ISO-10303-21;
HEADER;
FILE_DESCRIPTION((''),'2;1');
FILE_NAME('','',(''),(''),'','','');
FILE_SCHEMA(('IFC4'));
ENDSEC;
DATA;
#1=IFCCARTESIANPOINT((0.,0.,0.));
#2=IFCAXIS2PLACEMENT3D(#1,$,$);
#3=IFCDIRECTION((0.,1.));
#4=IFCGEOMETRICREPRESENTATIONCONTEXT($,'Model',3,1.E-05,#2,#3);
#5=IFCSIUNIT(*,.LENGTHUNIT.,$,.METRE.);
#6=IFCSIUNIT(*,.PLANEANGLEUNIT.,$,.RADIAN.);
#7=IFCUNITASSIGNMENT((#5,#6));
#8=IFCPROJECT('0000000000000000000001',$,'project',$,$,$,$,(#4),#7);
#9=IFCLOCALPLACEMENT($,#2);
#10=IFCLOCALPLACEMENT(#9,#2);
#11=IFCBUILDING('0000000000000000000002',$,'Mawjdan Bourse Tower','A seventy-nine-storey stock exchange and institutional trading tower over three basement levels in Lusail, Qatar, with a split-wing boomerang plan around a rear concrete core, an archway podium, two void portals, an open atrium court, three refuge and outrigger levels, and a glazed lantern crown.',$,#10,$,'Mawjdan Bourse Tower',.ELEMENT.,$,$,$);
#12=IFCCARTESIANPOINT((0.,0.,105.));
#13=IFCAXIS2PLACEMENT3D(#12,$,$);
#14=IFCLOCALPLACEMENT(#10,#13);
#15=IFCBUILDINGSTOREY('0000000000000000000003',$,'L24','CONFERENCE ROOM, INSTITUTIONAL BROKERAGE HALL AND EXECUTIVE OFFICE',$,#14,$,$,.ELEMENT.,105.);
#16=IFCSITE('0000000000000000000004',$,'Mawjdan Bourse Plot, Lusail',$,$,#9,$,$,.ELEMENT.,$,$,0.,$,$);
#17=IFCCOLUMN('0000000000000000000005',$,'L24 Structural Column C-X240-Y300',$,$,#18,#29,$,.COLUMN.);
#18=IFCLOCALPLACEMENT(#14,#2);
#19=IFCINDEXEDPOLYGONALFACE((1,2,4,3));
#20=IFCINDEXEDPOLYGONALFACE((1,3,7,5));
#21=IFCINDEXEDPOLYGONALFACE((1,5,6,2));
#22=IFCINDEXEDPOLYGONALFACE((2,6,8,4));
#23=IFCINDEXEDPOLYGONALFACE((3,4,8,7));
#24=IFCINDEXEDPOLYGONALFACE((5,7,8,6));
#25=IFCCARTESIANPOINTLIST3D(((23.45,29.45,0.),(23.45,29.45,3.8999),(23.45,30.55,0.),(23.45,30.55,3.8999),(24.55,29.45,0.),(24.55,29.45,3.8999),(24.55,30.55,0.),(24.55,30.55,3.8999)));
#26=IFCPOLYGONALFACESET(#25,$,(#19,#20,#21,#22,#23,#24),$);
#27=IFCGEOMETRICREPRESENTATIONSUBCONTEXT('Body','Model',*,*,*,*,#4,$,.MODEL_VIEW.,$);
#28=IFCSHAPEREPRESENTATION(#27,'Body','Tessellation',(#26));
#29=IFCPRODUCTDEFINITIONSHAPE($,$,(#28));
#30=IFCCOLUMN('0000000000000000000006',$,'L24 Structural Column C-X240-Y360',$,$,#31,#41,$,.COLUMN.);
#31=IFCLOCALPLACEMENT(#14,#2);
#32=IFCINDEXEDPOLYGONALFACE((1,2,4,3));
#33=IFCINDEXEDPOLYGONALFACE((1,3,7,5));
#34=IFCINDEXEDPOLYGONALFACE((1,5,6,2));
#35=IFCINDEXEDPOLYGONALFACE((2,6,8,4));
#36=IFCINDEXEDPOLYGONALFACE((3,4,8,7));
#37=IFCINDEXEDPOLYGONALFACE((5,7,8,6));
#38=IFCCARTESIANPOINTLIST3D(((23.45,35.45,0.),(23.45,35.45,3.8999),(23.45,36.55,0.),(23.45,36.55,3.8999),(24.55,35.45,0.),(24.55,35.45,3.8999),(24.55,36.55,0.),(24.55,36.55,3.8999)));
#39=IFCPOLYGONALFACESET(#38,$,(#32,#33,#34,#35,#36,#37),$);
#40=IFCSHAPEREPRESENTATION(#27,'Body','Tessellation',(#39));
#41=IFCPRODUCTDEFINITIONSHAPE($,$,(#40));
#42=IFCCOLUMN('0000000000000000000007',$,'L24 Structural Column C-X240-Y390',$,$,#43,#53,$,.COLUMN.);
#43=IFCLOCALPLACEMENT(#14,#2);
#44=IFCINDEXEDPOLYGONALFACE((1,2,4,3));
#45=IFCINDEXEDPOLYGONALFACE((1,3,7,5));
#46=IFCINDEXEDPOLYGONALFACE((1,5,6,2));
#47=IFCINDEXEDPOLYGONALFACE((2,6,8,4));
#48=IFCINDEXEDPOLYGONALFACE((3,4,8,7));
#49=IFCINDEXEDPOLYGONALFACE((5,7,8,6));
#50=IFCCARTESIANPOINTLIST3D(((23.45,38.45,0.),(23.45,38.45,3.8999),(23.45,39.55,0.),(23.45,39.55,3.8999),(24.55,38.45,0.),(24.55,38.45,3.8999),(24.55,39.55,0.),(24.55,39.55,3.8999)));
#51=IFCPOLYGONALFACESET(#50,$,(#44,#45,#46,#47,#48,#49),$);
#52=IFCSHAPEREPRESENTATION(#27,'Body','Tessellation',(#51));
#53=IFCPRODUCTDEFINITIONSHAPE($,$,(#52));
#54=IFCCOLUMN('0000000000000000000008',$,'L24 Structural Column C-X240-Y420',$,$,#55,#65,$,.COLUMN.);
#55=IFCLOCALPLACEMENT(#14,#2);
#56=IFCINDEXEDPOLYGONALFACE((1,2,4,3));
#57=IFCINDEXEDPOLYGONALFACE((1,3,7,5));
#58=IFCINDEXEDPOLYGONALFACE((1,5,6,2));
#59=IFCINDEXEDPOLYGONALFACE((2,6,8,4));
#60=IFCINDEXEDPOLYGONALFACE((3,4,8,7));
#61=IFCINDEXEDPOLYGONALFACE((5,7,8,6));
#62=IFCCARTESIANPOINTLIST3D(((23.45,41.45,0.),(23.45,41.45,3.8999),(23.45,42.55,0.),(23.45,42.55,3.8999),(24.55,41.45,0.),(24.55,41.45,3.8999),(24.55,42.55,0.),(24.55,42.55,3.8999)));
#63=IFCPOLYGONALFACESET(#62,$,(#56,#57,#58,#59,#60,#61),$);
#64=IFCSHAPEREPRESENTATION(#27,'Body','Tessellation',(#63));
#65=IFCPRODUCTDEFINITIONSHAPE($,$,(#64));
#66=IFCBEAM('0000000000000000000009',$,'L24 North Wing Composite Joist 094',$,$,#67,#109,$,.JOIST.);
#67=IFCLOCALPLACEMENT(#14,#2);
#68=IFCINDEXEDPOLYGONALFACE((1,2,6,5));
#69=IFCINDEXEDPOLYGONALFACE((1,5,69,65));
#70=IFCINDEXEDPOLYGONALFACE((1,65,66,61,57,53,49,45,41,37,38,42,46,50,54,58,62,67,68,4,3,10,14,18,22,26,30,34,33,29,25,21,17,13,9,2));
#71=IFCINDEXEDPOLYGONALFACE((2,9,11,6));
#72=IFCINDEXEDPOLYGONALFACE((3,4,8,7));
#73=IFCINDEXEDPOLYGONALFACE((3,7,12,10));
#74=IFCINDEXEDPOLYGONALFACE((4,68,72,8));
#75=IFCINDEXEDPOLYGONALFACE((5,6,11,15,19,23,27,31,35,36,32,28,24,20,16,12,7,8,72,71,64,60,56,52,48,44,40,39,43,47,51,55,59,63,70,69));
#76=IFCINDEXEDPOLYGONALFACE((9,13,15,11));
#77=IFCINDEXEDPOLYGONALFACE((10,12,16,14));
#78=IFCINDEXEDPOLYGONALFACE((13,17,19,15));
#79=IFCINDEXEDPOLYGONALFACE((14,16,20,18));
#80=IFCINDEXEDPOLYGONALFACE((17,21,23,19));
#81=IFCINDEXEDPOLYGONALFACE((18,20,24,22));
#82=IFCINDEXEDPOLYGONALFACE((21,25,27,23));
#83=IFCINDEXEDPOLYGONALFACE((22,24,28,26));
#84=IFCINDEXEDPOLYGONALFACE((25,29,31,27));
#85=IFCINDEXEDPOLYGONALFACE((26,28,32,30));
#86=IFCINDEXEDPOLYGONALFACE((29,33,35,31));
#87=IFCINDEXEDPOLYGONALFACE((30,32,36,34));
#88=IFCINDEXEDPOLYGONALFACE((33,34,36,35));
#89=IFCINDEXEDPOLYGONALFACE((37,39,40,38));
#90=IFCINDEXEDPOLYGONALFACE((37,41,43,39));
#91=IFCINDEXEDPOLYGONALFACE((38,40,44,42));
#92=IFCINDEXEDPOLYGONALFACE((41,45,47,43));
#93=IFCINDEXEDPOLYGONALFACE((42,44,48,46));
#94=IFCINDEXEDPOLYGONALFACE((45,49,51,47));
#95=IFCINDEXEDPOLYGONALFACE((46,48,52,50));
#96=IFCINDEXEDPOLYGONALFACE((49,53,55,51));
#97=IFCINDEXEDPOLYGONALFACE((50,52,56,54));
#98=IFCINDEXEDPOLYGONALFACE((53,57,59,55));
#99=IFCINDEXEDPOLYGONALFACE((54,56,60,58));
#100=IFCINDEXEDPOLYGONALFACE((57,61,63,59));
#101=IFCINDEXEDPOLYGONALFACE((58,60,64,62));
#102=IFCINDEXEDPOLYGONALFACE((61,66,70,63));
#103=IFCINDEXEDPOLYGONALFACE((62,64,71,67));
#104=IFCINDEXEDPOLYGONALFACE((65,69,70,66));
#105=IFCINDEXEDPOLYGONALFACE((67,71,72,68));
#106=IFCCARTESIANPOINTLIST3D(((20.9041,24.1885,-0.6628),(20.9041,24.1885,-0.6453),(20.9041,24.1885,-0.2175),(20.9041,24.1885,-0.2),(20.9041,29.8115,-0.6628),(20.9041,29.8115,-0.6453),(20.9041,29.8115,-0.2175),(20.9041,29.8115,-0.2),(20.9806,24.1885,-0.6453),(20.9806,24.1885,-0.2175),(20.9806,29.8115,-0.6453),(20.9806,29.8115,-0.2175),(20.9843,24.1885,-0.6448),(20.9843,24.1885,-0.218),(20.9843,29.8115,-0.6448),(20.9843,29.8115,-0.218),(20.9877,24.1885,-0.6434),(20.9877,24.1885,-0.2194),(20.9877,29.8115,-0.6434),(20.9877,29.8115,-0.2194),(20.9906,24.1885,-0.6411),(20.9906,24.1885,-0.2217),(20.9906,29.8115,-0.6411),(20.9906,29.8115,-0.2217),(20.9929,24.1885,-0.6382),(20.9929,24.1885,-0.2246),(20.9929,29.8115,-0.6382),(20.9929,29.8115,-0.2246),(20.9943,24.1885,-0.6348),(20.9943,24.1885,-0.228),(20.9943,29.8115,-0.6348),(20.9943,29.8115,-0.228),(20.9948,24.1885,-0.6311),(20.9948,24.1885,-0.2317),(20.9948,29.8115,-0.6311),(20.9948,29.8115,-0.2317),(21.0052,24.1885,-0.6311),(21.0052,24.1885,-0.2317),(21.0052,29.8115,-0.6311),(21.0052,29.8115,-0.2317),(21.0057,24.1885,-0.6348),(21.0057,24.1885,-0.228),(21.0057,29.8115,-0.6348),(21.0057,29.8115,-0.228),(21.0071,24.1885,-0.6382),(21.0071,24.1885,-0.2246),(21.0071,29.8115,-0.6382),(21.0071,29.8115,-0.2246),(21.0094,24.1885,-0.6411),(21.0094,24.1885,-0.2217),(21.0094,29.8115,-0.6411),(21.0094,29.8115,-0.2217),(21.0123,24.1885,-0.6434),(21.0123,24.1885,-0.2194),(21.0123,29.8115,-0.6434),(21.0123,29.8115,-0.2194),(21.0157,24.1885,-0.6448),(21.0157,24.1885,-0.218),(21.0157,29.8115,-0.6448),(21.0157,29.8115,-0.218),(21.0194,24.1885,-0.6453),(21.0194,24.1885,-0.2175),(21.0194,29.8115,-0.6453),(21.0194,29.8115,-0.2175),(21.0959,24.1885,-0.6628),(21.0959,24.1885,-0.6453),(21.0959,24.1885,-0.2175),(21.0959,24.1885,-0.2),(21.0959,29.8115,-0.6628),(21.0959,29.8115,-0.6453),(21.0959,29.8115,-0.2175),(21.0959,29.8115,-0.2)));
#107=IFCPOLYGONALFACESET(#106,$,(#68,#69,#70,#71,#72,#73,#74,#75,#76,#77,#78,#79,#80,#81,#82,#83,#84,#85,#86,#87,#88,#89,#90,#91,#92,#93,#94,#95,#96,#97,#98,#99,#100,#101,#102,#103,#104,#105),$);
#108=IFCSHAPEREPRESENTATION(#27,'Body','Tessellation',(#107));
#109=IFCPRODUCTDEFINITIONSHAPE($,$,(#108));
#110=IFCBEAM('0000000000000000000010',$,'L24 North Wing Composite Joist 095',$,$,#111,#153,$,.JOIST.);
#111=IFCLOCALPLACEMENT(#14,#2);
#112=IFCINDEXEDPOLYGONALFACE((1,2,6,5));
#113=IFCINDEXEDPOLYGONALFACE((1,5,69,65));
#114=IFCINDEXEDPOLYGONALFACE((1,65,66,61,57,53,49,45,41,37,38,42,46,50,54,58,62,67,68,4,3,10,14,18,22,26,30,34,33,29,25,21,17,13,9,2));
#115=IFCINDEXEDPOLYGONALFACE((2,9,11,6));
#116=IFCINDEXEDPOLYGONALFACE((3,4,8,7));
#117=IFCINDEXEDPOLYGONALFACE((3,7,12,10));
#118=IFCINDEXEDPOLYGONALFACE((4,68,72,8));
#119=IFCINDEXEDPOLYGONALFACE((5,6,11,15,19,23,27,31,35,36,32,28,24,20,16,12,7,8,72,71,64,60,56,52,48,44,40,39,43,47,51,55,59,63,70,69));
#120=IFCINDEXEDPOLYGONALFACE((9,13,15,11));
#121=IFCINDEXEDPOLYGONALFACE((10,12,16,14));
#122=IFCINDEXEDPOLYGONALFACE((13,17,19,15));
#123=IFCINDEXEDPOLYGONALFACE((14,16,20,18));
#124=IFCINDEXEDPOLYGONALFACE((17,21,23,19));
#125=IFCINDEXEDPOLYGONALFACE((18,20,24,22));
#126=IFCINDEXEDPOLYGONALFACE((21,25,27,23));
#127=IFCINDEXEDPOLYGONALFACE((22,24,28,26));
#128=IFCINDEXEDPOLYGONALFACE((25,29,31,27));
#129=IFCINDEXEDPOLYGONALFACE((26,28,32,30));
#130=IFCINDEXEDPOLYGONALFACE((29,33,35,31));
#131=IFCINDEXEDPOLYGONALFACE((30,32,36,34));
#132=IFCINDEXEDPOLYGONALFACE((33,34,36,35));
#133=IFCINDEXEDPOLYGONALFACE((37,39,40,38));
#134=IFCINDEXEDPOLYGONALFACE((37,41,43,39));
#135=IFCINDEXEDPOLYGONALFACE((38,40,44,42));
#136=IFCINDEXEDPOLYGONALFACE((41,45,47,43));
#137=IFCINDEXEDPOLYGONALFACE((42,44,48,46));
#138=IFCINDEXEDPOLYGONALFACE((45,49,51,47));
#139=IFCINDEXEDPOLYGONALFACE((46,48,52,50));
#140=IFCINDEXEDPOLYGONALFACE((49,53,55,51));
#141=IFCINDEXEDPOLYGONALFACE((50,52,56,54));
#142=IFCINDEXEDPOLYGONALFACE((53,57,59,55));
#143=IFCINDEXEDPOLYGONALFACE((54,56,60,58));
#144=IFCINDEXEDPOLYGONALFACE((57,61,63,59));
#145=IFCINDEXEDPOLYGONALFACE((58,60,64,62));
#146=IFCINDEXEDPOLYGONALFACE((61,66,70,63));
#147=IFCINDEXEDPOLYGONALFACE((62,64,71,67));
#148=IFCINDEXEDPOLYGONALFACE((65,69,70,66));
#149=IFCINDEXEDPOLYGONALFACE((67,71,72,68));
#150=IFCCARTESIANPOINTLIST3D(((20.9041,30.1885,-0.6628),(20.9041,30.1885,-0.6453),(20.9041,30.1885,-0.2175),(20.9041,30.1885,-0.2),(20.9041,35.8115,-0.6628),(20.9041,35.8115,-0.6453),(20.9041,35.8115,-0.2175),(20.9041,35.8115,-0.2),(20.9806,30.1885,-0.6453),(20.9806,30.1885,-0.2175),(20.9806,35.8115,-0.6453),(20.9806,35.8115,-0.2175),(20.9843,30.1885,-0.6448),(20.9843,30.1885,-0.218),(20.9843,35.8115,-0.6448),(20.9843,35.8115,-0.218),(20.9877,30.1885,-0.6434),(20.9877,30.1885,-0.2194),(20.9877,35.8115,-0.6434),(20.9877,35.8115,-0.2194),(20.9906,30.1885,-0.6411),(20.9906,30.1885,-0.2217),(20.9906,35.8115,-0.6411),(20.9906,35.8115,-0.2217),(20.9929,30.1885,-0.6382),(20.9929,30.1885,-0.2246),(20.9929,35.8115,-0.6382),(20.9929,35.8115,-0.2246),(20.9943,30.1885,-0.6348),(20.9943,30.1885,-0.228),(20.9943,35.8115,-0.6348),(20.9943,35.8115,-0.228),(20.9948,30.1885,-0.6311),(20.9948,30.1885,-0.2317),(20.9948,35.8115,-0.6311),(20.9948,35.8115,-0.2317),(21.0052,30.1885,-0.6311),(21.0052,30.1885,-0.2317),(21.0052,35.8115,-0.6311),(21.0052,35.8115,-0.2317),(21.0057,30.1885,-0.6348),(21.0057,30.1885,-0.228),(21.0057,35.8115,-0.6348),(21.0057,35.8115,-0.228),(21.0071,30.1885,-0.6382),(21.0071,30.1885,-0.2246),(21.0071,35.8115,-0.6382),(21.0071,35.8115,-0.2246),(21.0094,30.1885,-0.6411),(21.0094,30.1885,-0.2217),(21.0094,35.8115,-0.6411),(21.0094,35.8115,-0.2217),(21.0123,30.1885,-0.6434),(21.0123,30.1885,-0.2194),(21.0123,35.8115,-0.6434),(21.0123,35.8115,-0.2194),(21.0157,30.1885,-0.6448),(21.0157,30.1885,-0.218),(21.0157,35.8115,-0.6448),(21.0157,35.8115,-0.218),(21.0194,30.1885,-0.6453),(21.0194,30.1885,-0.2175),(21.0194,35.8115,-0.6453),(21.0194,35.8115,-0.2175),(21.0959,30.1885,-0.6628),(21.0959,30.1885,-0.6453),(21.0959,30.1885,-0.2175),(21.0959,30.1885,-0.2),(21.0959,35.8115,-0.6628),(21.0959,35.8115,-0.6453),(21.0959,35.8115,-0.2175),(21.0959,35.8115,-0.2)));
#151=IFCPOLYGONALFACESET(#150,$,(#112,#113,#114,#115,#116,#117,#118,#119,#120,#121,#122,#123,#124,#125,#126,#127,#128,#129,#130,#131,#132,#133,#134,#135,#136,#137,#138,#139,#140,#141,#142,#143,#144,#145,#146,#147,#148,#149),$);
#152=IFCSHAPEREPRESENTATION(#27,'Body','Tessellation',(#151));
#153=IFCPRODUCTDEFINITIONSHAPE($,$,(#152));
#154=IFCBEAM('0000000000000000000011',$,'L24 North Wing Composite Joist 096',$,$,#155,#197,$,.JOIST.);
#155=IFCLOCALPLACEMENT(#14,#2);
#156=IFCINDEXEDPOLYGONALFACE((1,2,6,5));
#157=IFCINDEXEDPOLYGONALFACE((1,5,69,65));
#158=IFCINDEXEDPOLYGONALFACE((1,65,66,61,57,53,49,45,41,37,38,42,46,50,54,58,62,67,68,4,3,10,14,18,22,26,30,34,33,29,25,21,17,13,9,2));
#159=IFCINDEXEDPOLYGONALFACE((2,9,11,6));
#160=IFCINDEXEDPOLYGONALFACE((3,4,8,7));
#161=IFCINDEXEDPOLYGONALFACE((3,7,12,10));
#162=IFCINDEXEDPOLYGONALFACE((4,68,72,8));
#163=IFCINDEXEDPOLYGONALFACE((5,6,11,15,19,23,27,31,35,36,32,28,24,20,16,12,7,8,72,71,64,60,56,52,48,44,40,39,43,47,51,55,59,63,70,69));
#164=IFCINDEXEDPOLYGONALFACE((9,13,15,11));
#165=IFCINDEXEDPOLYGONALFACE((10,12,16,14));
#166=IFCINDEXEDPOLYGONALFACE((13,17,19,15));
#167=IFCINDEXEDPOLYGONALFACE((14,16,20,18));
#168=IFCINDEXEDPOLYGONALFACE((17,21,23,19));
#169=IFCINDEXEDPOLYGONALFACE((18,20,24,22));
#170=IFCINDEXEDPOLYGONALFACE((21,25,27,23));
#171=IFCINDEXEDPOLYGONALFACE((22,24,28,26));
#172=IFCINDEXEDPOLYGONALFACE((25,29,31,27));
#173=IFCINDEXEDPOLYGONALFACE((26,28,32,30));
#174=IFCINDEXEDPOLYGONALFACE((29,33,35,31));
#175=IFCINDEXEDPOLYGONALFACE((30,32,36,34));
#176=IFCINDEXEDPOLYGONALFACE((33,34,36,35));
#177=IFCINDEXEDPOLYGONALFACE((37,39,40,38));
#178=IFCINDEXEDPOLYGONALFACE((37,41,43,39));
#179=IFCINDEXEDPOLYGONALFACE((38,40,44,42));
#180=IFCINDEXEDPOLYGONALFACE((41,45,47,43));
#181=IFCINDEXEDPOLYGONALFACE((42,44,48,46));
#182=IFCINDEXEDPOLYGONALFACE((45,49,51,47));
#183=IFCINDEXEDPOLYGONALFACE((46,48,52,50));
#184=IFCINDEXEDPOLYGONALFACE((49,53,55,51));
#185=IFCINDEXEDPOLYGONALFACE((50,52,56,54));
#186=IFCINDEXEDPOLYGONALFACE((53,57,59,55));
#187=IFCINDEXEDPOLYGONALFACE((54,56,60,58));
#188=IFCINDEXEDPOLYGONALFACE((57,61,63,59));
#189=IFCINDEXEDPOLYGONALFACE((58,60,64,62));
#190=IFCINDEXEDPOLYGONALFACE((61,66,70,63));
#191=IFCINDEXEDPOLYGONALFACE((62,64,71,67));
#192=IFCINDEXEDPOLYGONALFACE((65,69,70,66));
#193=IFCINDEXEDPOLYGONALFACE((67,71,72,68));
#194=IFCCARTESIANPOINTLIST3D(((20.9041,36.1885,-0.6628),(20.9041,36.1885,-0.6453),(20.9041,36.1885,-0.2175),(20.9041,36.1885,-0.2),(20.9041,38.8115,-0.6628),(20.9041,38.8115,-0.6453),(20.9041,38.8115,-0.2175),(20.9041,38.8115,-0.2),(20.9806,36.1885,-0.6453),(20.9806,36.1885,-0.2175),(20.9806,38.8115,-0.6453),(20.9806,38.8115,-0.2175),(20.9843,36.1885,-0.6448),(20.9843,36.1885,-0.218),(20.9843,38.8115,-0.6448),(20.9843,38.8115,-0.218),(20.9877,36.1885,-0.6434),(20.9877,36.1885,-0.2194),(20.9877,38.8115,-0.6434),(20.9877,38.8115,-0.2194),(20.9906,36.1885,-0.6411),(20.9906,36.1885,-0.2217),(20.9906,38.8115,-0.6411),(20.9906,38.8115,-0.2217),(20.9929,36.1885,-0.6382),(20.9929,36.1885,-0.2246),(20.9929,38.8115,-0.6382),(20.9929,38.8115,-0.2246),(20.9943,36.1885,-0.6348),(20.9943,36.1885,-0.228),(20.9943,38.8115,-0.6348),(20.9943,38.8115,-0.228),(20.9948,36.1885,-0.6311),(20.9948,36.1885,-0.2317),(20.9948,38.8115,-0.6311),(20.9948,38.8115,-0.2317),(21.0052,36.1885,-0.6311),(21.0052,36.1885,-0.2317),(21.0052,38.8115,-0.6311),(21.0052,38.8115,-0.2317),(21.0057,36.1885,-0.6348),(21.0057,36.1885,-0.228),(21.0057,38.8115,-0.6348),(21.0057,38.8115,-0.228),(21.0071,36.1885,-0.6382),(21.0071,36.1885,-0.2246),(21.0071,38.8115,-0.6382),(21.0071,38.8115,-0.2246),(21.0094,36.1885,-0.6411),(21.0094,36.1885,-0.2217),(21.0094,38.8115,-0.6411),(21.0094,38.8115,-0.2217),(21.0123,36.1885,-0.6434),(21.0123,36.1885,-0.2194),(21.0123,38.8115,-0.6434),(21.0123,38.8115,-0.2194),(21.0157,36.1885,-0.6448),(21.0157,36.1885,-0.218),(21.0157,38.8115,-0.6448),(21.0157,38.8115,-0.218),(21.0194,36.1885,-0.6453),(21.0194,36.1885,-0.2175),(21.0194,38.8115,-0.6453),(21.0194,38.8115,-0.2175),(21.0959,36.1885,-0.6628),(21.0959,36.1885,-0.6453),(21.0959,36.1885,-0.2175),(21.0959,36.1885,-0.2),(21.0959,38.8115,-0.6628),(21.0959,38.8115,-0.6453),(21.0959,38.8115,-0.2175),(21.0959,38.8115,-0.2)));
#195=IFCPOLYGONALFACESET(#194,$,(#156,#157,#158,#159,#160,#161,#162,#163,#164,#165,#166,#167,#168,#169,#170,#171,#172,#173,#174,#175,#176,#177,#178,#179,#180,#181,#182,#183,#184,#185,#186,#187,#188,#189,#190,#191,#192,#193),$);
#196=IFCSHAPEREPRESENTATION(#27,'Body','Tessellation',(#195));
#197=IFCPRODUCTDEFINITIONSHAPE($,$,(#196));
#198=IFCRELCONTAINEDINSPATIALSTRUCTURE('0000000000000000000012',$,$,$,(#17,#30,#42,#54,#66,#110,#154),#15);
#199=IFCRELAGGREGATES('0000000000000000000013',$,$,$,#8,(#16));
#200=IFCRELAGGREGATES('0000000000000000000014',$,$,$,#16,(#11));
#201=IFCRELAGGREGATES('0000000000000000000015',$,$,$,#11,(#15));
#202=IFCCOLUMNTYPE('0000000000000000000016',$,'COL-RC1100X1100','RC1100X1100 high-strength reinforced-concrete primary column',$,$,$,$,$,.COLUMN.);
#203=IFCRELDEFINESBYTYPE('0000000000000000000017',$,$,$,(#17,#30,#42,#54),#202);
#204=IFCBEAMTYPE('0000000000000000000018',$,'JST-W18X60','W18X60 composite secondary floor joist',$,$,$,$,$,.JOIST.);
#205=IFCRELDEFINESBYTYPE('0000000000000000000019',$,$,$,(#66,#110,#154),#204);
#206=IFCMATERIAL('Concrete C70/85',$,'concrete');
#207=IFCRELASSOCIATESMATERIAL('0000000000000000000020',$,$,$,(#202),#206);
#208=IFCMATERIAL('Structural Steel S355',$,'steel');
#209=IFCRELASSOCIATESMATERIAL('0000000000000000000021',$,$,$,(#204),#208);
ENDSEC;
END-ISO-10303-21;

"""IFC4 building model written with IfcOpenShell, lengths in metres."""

from ifc_helpers import new_model, si_unit, direction, frame, origin, origin_2d, place, context, subcontext, project, spatial, rectangle, i_section, extrude, material, material_profile, profile_set, type_object, element, save


model = new_model("IFC4")

# Units and contexts
model_context = context("Model", 3, precision=1e-05, world=origin(), true_north=direction((0.0, 1.0)))
body_context = subcontext(model_context, "Body", "Model", "MODEL_VIEW")
ifc_project = project(units=[si_unit("LENGTHUNIT", "METRE"), si_unit("PLANEANGLEUNIT", "RADIAN")], contexts=[model_context])

# Site, building, storey
site_placement = place(None, origin())
site = spatial("IfcSite", under=ifc_project, at=site_placement, Name="Mawjdan Bourse Plot, Lusail", CompositionType="ELEMENT", RefElevation=0.0)
building_placement = place(site_placement, origin())
building = spatial("IfcBuilding", under=site, at=building_placement, Name="Mawjdan Bourse Tower", Description="A seventy-nine-storey stock exchange and institutional trading tower over three basement levels in Lusail, Qatar, with a split-wing boomerang plan around a rear concrete core, an archway podium, two void portals, an open atrium court, three refuge and outrigger levels, and a glazed lantern crown.", LongName="Mawjdan Bourse Tower", CompositionType="ELEMENT")
storey_placement = place(building_placement, frame((0.0, 0.0, 105.0)))
storey = spatial("IfcBuildingStorey", under=building, at=storey_placement, Name="L24", Description="CONFERENCE ROOM, INSTITUTIONAL BROKERAGE HALL AND EXECUTIVE OFFICE", CompositionType="ELEMENT", Elevation=105.0)

# Columns
ifc_material_1 = material(Name="Concrete C70/85", Category="concrete")
ifc_material_profile_1 = material_profile(ifc_material_1, rectangle(XDim=1.1001, YDim=1.1001, at=origin_2d()), Name="RC1100X1100")
ifc_profile_set_1 = profile_set([ifc_material_profile_1], Name="Concrete C70/85")
column_type = type_object("IfcColumnType", Name="COL-RC1100X1100", Description="RC1100X1100 high-strength reinforced-concrete primary column", PredefinedType="COLUMN", material=ifc_profile_set_1)
for number, where, z_axis, x_axis, name in (
    (1, (24.0, 30.0, 0.0), (0.0, 0.0, 1.0), (1.0, 0.0, 0.0), "L24 Structural Column C-X240-Y300"),
    (2, (24.0, 36.0, 0.0), (0.0, 0.0, 1.0), (1.0, 0.0, 0.0), "L24 Structural Column C-X240-Y360"),
    (3, (24.0, 39.0, 0.0), (0.0, 0.0, 1.0), (1.0, 0.0, 0.0), "L24 Structural Column C-X240-Y390"),
    (4, (24.0, 42.0, 0.0), (0.0, 0.0, 1.0), (1.0, 0.0, 0.0), "L24 Structural Column C-X240-Y420"),
):
    element("IfcColumn", number, at=place(storey_placement, frame(where, z_axis=z_axis, x_axis=x_axis)), inside=storey, type_object=column_type, Name=name, PredefinedType="COLUMN", context=body_context, shape_type="SweptSolid", body=[
        extrude(rectangle(XDim=1.1001, YDim=1.1001, at=origin_2d()), origin(), (0.0, 0.0, 1.0), 3.8999),
    ])

# Beams
ifc_material_2 = material(Name="Structural Steel S355", Category="steel")
ifc_material_profile_2 = material_profile(ifc_material_2, i_section(OverallWidth=0.1919, OverallDepth=0.4629, WebThickness=0.0105, FlangeThickness=0.0176, FilletRadius=0.0142, at=origin_2d()), Name="W18X60")
ifc_profile_set_2 = profile_set([ifc_material_profile_2], Name="Structural Steel S355")
beam_type_1 = type_object("IfcBeamType", Name="JST-W18X60", Description="W18X60 composite secondary floor joist", PredefinedType="JOIST", material=ifc_profile_set_2)
for number, where, z_axis, x_axis, name in (
    (5, (21.0, 24.1885, -0.4314), (0.0, 1.0, 0.0), (-1.0, 0.0, 0.0), "L24 North Wing Composite Joist 094"),
    (6, (21.0, 30.1885, -0.4314), (0.0, 1.0, 0.0), (-1.0, 0.0, 0.0), "L24 North Wing Composite Joist 095"),
):
    element("IfcBeam", number, at=place(storey_placement, frame(where, z_axis=z_axis, x_axis=x_axis)), inside=storey, type_object=beam_type_1, Name=name, PredefinedType="JOIST", context=body_context, shape_type="SweptSolid", body=[
        extrude(i_section(OverallWidth=0.1919, OverallDepth=0.4629, WebThickness=0.0105, FlangeThickness=0.0176, FilletRadius=0.0142, at=origin_2d()), origin(), (0.0, 0.0, 1.0), 5.623),
    ])
for number, where, z_axis, x_axis, name in (
    (7, (21.0, 36.1885, -0.4314), (0.0, 1.0, 0.0), (-1.0, 0.0, 0.0), "L24 North Wing Composite Joist 096"),
):
    element("IfcBeam", number, at=place(storey_placement, frame(where, z_axis=z_axis, x_axis=x_axis)), inside=storey, type_object=beam_type_1, Name=name, PredefinedType="JOIST", context=body_context, shape_type="SweptSolid", body=[
        extrude(i_section(OverallWidth=0.1919, OverallDepth=0.4629, WebThickness=0.0105, FlangeThickness=0.0176, FilletRadius=0.0142, at=origin_2d()), origin(), (0.0, 0.0, 1.0), 2.623),
    ])

save(model, "model.ifc")
